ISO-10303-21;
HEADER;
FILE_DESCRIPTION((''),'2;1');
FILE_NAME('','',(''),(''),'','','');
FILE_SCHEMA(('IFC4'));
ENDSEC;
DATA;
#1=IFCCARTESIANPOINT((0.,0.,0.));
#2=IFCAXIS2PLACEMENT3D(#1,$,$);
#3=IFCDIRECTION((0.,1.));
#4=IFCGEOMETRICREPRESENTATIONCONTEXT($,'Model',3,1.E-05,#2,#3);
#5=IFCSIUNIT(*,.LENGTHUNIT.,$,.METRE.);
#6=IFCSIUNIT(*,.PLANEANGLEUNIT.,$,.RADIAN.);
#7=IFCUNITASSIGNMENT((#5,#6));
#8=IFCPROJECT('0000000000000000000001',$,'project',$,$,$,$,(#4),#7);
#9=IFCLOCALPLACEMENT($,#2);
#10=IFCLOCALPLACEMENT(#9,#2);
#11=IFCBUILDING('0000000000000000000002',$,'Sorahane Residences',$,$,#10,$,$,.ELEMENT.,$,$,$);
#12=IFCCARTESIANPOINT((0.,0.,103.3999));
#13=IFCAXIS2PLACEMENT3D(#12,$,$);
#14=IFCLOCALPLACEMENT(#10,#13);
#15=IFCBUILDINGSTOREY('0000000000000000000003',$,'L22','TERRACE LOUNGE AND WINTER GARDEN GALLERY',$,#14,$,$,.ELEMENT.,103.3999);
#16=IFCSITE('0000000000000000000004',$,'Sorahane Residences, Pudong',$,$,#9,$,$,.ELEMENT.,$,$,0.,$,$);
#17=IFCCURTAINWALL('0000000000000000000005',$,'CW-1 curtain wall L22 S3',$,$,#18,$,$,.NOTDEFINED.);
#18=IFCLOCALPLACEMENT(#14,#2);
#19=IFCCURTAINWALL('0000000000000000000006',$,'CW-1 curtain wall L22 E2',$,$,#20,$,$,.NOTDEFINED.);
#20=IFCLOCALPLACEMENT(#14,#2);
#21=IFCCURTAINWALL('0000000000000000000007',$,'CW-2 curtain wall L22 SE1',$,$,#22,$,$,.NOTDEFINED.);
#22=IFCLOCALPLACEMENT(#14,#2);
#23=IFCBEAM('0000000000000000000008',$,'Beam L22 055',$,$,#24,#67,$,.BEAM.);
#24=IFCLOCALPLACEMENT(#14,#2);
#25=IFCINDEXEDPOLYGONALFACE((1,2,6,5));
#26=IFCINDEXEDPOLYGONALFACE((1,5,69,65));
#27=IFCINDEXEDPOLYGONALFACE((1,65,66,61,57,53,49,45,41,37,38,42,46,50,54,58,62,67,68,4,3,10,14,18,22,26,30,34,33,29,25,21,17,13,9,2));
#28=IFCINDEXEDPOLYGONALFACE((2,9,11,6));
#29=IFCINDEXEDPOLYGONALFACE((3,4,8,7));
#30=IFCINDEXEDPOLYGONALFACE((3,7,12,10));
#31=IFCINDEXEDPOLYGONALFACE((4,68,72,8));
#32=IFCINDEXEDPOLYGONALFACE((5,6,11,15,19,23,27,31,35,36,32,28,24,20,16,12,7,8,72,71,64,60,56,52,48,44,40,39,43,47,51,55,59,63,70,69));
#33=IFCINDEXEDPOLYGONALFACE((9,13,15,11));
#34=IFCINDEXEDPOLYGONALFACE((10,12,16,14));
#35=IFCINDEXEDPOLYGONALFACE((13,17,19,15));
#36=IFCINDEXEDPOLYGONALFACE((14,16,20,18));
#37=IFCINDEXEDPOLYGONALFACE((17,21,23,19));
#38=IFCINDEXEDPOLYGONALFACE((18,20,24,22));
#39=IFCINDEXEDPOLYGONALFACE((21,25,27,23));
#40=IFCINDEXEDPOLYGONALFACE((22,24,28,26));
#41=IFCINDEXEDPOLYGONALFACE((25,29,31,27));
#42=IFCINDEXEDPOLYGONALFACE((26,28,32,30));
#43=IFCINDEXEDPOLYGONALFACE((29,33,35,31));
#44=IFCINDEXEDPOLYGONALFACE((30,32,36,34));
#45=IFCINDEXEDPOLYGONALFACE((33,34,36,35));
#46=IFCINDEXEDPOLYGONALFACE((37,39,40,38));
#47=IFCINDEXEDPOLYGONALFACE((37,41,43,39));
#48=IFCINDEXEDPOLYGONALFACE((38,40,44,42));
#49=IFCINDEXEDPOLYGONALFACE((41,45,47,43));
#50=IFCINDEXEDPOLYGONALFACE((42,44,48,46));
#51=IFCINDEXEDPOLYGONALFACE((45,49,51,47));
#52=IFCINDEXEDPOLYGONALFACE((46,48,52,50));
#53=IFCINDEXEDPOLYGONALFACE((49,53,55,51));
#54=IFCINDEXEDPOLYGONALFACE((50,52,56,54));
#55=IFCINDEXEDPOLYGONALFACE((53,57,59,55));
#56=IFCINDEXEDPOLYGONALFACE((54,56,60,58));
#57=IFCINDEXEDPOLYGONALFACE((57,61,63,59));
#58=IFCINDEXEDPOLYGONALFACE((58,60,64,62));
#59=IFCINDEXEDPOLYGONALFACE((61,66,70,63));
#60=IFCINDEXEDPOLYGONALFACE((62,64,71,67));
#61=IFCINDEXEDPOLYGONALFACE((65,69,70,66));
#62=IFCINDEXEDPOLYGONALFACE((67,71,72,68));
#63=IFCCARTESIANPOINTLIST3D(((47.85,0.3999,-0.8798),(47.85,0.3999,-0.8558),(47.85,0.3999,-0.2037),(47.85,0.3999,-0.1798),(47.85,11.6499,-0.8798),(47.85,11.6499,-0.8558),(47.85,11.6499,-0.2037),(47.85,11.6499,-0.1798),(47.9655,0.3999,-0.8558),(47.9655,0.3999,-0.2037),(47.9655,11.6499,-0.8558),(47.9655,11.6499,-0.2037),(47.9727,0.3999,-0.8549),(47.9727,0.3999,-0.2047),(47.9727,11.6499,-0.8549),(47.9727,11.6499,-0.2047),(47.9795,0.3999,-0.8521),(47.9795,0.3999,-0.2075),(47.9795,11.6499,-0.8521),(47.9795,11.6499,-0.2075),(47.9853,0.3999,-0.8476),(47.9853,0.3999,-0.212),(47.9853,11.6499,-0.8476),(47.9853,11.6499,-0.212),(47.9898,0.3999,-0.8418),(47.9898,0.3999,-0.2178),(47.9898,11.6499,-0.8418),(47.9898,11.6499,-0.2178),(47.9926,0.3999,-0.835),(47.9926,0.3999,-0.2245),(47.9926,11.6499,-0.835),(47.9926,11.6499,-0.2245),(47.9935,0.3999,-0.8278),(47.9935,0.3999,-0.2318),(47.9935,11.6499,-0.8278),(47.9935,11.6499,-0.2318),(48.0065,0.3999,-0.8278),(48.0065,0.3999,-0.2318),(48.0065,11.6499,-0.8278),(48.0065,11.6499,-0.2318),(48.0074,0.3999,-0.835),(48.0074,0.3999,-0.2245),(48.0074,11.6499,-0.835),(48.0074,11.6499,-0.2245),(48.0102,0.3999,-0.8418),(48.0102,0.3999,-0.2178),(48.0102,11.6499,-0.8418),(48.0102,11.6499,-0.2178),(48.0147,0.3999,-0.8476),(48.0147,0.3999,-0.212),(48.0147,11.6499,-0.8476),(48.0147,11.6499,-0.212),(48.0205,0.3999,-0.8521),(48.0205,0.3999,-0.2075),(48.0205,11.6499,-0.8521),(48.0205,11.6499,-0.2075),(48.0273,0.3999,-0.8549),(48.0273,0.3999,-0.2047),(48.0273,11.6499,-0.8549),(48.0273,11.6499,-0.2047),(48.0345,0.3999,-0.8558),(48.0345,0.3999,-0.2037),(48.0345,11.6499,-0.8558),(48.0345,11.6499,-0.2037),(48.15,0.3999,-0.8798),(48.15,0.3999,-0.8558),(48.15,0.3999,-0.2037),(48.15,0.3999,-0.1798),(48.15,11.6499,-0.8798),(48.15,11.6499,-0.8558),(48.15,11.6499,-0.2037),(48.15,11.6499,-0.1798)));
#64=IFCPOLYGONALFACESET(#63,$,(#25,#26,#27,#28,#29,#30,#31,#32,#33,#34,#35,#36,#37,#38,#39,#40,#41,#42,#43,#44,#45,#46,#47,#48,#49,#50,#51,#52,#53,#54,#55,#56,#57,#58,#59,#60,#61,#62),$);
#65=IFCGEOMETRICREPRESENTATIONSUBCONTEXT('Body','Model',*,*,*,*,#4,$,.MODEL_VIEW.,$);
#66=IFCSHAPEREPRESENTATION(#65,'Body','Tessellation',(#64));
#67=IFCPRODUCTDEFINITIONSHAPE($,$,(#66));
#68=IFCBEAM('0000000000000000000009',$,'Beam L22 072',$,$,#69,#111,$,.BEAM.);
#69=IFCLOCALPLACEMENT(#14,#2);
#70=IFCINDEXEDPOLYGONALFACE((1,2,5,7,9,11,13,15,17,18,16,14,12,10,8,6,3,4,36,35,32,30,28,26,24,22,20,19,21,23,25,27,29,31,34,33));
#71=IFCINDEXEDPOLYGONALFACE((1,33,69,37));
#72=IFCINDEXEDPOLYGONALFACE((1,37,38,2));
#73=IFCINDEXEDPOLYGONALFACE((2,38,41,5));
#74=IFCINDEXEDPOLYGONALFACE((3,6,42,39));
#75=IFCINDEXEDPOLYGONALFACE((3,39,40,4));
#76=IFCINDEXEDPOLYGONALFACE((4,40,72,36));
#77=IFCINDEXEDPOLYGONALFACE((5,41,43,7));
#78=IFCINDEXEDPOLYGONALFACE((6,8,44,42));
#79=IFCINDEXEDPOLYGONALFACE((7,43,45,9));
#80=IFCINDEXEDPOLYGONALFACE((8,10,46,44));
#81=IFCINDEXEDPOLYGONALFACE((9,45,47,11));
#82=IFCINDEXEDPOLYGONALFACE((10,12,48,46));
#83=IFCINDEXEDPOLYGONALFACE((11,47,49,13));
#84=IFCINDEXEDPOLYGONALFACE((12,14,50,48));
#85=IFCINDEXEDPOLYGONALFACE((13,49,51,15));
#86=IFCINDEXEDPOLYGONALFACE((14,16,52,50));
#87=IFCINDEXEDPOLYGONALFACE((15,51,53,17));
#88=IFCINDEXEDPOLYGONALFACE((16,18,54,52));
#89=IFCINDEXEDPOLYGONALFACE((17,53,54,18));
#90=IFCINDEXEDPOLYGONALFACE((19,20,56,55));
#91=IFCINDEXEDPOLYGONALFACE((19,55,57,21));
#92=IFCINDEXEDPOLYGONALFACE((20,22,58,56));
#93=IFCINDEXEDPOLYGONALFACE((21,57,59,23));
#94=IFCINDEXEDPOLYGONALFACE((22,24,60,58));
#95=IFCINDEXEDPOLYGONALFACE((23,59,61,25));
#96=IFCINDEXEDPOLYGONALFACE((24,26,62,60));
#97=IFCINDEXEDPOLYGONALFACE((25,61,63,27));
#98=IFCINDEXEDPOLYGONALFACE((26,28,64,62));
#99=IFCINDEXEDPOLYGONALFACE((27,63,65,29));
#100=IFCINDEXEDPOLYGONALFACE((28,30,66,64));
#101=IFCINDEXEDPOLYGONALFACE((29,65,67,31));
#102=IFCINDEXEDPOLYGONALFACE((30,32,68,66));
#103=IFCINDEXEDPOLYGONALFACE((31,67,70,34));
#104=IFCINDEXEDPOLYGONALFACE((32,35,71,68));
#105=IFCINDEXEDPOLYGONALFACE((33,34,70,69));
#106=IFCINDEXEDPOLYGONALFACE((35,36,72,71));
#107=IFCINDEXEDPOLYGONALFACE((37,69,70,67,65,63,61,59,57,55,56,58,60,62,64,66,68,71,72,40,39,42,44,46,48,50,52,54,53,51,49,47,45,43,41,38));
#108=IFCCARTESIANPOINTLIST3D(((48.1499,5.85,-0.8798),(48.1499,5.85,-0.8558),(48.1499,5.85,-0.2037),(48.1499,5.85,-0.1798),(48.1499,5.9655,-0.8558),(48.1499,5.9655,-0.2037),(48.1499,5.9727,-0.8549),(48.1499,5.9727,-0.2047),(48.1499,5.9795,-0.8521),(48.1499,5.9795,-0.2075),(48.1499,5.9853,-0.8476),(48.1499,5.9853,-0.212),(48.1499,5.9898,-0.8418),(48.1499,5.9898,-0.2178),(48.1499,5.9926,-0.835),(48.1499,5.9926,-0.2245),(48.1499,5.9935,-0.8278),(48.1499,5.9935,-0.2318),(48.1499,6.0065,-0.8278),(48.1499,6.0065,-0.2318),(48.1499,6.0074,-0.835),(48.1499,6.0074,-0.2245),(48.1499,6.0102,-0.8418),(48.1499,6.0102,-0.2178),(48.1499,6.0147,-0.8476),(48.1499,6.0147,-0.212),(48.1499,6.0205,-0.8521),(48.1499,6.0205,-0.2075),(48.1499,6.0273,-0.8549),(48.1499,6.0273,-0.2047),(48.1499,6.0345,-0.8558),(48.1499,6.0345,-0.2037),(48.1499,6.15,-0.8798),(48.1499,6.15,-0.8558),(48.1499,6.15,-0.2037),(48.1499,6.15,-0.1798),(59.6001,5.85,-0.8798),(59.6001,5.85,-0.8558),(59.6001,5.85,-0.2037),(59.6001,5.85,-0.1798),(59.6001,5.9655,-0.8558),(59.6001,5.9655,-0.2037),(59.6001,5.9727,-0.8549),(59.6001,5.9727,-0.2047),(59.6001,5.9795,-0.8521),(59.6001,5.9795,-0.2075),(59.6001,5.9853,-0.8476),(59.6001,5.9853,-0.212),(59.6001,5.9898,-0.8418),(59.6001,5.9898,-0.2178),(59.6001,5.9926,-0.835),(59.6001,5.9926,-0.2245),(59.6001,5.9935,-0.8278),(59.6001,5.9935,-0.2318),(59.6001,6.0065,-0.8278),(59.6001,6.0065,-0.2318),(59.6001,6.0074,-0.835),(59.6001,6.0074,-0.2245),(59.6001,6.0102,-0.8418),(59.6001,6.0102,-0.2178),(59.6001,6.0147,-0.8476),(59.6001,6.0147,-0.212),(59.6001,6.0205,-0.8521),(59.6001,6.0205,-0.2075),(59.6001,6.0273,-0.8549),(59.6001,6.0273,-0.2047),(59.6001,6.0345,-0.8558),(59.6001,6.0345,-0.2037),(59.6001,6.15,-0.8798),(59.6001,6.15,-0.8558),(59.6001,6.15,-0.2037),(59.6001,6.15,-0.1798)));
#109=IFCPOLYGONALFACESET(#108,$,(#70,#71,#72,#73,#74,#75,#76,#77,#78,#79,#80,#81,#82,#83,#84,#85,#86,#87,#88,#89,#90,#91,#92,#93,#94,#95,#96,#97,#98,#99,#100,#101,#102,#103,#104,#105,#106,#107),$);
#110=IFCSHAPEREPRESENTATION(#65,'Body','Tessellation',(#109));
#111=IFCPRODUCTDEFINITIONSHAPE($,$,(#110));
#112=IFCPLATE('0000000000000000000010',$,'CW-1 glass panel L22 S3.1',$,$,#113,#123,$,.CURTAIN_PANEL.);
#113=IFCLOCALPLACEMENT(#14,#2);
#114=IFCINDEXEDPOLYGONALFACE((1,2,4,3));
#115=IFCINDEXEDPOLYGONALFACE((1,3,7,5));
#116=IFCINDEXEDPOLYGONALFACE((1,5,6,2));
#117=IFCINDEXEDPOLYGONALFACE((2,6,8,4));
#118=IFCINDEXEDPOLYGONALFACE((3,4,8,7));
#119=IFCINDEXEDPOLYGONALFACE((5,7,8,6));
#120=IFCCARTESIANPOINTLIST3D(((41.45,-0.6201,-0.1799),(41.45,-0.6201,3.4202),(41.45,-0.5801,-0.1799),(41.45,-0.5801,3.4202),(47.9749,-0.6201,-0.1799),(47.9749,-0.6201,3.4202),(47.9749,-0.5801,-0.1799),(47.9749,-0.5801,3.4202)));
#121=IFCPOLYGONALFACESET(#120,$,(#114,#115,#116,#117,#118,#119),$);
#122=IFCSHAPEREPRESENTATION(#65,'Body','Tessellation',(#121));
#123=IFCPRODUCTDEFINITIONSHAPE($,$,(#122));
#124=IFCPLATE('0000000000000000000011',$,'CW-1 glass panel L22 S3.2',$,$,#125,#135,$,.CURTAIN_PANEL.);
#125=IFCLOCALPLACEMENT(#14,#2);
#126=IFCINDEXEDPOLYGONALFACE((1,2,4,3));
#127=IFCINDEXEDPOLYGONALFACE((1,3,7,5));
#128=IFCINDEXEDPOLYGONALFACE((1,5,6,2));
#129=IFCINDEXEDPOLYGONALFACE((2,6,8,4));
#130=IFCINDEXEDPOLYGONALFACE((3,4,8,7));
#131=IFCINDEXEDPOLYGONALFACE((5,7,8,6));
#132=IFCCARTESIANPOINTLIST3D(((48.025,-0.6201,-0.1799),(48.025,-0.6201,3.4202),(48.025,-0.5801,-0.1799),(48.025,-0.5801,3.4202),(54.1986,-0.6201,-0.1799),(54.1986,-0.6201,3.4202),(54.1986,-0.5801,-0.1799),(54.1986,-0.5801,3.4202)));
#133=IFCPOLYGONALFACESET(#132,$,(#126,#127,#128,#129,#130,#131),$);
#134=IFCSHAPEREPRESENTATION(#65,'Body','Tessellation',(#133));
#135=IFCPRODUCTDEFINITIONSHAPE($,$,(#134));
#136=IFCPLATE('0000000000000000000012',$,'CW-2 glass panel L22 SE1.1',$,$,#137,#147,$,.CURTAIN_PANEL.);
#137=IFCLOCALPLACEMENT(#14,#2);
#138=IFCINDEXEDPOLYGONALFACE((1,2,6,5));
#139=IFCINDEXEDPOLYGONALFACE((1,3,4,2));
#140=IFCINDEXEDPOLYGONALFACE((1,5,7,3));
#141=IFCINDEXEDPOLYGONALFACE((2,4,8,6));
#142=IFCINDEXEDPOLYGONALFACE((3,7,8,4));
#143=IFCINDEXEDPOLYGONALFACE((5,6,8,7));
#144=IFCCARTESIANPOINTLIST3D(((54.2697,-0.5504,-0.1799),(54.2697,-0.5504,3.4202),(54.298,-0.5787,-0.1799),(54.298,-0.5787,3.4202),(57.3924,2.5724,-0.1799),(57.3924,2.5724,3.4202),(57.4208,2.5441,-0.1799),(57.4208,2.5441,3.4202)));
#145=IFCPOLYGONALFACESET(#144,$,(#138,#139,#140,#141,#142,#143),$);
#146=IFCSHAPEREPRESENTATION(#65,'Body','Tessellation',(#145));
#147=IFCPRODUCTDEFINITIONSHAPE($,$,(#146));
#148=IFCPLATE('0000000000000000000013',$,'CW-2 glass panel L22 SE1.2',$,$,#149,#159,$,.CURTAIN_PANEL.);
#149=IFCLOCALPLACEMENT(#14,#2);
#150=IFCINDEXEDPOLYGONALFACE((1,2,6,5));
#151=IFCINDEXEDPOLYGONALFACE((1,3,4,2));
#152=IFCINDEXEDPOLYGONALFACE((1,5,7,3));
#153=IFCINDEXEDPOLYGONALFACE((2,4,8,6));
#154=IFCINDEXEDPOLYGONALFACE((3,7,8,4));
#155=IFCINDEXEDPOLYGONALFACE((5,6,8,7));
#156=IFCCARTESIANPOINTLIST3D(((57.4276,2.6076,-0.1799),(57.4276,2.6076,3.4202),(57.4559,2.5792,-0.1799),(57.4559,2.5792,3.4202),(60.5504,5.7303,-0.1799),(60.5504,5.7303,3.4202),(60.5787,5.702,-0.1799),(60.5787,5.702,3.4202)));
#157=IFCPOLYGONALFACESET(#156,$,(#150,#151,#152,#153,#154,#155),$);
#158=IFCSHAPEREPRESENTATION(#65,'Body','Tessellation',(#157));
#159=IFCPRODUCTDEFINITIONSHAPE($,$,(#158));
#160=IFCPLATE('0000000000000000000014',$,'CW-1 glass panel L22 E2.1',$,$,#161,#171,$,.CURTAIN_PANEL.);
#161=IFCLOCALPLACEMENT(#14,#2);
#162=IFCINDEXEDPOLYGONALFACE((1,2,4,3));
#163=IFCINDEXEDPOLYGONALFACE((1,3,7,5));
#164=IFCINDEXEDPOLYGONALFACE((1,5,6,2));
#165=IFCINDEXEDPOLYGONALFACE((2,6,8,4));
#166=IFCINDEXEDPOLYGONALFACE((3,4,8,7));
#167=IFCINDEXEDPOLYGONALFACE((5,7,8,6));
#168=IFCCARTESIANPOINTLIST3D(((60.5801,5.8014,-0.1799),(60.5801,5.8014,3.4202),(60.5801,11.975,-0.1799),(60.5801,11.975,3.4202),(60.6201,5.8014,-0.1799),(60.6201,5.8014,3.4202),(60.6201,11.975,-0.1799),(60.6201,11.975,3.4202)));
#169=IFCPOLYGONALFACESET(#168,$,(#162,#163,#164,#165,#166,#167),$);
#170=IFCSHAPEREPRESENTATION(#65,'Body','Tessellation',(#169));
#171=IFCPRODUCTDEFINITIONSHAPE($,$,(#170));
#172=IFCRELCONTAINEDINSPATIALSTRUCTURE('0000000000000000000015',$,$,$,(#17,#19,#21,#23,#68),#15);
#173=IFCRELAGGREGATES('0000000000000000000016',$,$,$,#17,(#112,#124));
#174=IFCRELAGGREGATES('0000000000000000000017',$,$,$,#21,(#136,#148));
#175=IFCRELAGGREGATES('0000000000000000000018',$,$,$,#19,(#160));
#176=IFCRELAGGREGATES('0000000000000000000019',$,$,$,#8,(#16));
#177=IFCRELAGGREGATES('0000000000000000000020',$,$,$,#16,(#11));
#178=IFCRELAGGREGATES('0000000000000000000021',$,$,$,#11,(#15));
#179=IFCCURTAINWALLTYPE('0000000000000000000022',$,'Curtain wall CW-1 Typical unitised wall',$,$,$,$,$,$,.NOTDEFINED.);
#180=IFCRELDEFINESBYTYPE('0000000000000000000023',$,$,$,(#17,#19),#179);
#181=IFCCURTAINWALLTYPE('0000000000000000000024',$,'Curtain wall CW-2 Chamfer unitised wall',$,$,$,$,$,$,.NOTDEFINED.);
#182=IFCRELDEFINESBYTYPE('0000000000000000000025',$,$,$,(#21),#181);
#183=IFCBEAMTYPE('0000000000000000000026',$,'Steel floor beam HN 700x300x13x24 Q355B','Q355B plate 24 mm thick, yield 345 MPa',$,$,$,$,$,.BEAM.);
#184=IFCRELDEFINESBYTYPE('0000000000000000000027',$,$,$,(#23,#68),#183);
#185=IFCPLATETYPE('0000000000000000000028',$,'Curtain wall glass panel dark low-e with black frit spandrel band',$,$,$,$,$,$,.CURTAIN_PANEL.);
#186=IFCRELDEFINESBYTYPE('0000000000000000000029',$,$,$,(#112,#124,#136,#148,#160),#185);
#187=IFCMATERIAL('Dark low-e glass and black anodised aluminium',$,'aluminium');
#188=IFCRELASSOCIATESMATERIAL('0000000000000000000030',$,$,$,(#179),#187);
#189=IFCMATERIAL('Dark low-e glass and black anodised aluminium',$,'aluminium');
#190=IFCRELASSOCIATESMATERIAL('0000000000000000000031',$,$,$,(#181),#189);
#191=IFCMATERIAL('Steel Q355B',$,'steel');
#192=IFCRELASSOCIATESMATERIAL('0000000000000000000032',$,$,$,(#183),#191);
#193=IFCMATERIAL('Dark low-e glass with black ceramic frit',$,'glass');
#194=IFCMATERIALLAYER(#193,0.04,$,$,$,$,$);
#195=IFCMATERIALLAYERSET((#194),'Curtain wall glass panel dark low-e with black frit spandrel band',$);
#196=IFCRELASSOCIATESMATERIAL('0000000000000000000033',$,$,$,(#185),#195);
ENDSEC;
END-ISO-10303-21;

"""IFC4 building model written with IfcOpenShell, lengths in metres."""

from ifc_helpers import new_model, si_unit, direction, frame, origin, origin_2d, place, context, subcontext, project, spatial, rectangle, i_section, extrude, material, layer, layer_set, material_profile, profile_set, type_object, element, aggregate, save


model = new_model("IFC4")

# Units and contexts
model_context = context("Model", 3, precision=1e-05, world=origin(), true_north=direction((0.0, 1.0)))
body_context = subcontext(model_context, "Body", "Model", "MODEL_VIEW")
ifc_project = project(units=[si_unit("LENGTHUNIT", "METRE"), si_unit("PLANEANGLEUNIT", "RADIAN")], contexts=[model_context])

# Site, building, storey
site_placement = place(None, origin())
site = spatial("IfcSite", under=ifc_project, at=site_placement, Name="Sorahane Residences, Pudong", CompositionType="ELEMENT", RefElevation=0.0)
building_placement = place(site_placement, origin())
building = spatial("IfcBuilding", under=site, at=building_placement, Name="Sorahane Residences", CompositionType="ELEMENT")
storey_placement = place(building_placement, frame((0.0, 0.0, 103.3999)))
storey = spatial("IfcBuildingStorey", under=building, at=storey_placement, Name="L22", Description="TERRACE LOUNGE AND WINTER GARDEN GALLERY", CompositionType="ELEMENT", Elevation=103.3999)

# Curtain wall
ifc_material_1 = material(Name="Dark low-e glass and black anodised aluminium", Category="aluminium")
curtain_wall_type_1 = type_object("IfcCurtainWallType", Name="Curtain wall CW-1 Typical unitised wall", PredefinedType="NOTDEFINED", material=ifc_material_1)
curtain_wall_1_placement = place(storey_placement, origin())
curtain_wall_1 = element("IfcCurtainWall", 1, at=curtain_wall_1_placement, inside=storey, type_object=curtain_wall_type_1, Name="CW-1 curtain wall L22 S3", PredefinedType="NOTDEFINED")

# Curtain wall
curtain_wall_2_placement = place(storey_placement, origin())
curtain_wall_2 = element("IfcCurtainWall", 2, at=curtain_wall_2_placement, inside=storey, type_object=curtain_wall_type_1, Name="CW-1 curtain wall L22 E2", PredefinedType="NOTDEFINED")

# Curtain wall
ifc_material_2 = material(Name="Dark low-e glass and black anodised aluminium", Category="aluminium")
curtain_wall_type_2 = type_object("IfcCurtainWallType", Name="Curtain wall CW-2 Chamfer unitised wall", PredefinedType="NOTDEFINED", material=ifc_material_2)
curtain_wall_3_placement = place(storey_placement, origin())
curtain_wall_3 = element("IfcCurtainWall", 3, at=curtain_wall_3_placement, inside=storey, type_object=curtain_wall_type_2, Name="CW-2 curtain wall L22 SE1", PredefinedType="NOTDEFINED")

# Beams
ifc_material_3 = material(Name="Steel Q355B", Category="steel")
ifc_material_profile_1 = material_profile(ifc_material_3, i_section(OverallWidth=0.3, OverallDepth=0.7, WebThickness=0.0129, FlangeThickness=0.0239, FilletRadius=0.0281, at=origin_2d()), Name="HN 700x300x13x24")
ifc_profile_set_1 = profile_set([ifc_material_profile_1], Name="Steel Q355B")
beam_type_1 = type_object("IfcBeamType", Name="Steel floor beam HN 700x300x13x24 Q355B", Description="Q355B plate 24 mm thick, yield 345 MPa", PredefinedType="BEAM", material=ifc_profile_set_1)
beam_1_placement = place(storey_placement, frame((48.0, 0.3999, -0.5298), z_axis=(0.0, 1.0, 0.0), x_axis=(-1.0, 0.0, 0.0)))
element("IfcBeam", 4, at=beam_1_placement, inside=storey, type_object=beam_type_1, Name="Beam L22 055", PredefinedType="BEAM", context=body_context, shape_type="SweptSolid", body=[
    extrude(i_section(OverallWidth=0.3, OverallDepth=0.7, WebThickness=0.0129, FlangeThickness=0.0239, FilletRadius=0.0281, at=origin_2d()), origin(), (0.0, 0.0, 1.0), 11.25),
])
beam_2_placement = place(storey_placement, frame((48.1499, 6.0, -0.5298), z_axis=(1.0, 0.0, 0.0), x_axis=(0.0, 1.0, 0.0)))
element("IfcBeam", 5, at=beam_2_placement, inside=storey, type_object=beam_type_1, Name="Beam L22 072", PredefinedType="BEAM", context=body_context, shape_type="SweptSolid", body=[
    extrude(i_section(OverallWidth=0.3, OverallDepth=0.7, WebThickness=0.0129, FlangeThickness=0.0239, FilletRadius=0.0281, at=origin_2d()), origin(), (0.0, 0.0, 1.0), 11.4502),
])

# Plates
ifc_material_4 = material(Name="Dark low-e glass with black ceramic frit", Category="glass")
ifc_layer = layer(ifc_material_4, 0.04)
ifc_layer_set = layer_set([ifc_layer], Name="Curtain wall glass panel dark low-e with black frit spandrel band")
plate_type = type_object("IfcPlateType", Name="Curtain wall glass panel dark low-e with black frit spandrel band", PredefinedType="CURTAIN_PANEL", material=ifc_layer_set)
plate_1_placement = place(storey_placement, frame((44.7124, -0.6001, -0.1799), z_axis=(0.0, 0.0, 1.0), x_axis=(1.0, 0.0, 0.0)))
plate_1 = element("IfcPlate", 6, at=plate_1_placement, type_object=plate_type, Name="CW-1 glass panel L22 S3.1", PredefinedType="CURTAIN_PANEL", context=body_context, shape_type="SweptSolid", body=[
    extrude(rectangle(XDim=6.5249, YDim=0.04, at=origin_2d()), origin(), (0.0, 0.0, 1.0), 3.6001),
])
plate_2_placement = place(storey_placement, frame((51.1118, -0.6001, -0.1799), z_axis=(0.0, 0.0, 1.0), x_axis=(1.0, 0.0, 0.0)))
plate_2 = element("IfcPlate", 7, at=plate_2_placement, type_object=plate_type, Name="CW-1 glass panel L22 S3.2", PredefinedType="CURTAIN_PANEL", context=body_context, shape_type="SweptSolid", body=[
    extrude(rectangle(XDim=6.1736, YDim=0.04, at=origin_2d()), origin(), (0.0, 0.0, 1.0), 3.6001),
])
aggregate(curtain_wall_1, [plate_1, plate_2])
plate_3_placement = place(storey_placement, frame((55.8452, 0.9968, -0.1799), z_axis=(0.0, 0.0, 1.0), x_axis=(0.707107, 0.707107, 0.0)))
plate_3 = element("IfcPlate", 8, at=plate_3_placement, type_object=plate_type, Name="CW-2 glass panel L22 SE1.1", PredefinedType="CURTAIN_PANEL", context=body_context, shape_type="SweptSolid", body=[
    extrude(rectangle(XDim=4.4163, YDim=0.04, at=origin_2d()), origin(), (0.0, 0.0, 1.0), 3.6001),
])
plate_4_placement = place(storey_placement, frame((59.0032, 4.1548, -0.1799), z_axis=(0.0, 0.0, 1.0), x_axis=(0.707107, 0.707107, 0.0)))
plate_4 = element("IfcPlate", 9, at=plate_4_placement, type_object=plate_type, Name="CW-2 glass panel L22 SE1.2", PredefinedType="CURTAIN_PANEL", context=body_context, shape_type="SweptSolid", body=[
    extrude(rectangle(XDim=4.4163, YDim=0.04, at=origin_2d()), origin(), (0.0, 0.0, 1.0), 3.6001),
])
aggregate(curtain_wall_3, [plate_3, plate_4])
plate_5_placement = place(storey_placement, frame((60.6001, 8.8882, -0.1799), z_axis=(0.0, 0.0, 1.0), x_axis=(0.0, 1.0, 0.0)))
plate_5 = element("IfcPlate", 10, at=plate_5_placement, type_object=plate_type, Name="CW-1 glass panel L22 E2.1", PredefinedType="CURTAIN_PANEL", context=body_context, shape_type="SweptSolid", body=[
    extrude(rectangle(XDim=6.1736, YDim=0.04, at=origin_2d()), origin(), (0.0, 0.0, 1.0), 3.6001),
])
aggregate(curtain_wall_2, [plate_5])

save(model, "model.ifc")
